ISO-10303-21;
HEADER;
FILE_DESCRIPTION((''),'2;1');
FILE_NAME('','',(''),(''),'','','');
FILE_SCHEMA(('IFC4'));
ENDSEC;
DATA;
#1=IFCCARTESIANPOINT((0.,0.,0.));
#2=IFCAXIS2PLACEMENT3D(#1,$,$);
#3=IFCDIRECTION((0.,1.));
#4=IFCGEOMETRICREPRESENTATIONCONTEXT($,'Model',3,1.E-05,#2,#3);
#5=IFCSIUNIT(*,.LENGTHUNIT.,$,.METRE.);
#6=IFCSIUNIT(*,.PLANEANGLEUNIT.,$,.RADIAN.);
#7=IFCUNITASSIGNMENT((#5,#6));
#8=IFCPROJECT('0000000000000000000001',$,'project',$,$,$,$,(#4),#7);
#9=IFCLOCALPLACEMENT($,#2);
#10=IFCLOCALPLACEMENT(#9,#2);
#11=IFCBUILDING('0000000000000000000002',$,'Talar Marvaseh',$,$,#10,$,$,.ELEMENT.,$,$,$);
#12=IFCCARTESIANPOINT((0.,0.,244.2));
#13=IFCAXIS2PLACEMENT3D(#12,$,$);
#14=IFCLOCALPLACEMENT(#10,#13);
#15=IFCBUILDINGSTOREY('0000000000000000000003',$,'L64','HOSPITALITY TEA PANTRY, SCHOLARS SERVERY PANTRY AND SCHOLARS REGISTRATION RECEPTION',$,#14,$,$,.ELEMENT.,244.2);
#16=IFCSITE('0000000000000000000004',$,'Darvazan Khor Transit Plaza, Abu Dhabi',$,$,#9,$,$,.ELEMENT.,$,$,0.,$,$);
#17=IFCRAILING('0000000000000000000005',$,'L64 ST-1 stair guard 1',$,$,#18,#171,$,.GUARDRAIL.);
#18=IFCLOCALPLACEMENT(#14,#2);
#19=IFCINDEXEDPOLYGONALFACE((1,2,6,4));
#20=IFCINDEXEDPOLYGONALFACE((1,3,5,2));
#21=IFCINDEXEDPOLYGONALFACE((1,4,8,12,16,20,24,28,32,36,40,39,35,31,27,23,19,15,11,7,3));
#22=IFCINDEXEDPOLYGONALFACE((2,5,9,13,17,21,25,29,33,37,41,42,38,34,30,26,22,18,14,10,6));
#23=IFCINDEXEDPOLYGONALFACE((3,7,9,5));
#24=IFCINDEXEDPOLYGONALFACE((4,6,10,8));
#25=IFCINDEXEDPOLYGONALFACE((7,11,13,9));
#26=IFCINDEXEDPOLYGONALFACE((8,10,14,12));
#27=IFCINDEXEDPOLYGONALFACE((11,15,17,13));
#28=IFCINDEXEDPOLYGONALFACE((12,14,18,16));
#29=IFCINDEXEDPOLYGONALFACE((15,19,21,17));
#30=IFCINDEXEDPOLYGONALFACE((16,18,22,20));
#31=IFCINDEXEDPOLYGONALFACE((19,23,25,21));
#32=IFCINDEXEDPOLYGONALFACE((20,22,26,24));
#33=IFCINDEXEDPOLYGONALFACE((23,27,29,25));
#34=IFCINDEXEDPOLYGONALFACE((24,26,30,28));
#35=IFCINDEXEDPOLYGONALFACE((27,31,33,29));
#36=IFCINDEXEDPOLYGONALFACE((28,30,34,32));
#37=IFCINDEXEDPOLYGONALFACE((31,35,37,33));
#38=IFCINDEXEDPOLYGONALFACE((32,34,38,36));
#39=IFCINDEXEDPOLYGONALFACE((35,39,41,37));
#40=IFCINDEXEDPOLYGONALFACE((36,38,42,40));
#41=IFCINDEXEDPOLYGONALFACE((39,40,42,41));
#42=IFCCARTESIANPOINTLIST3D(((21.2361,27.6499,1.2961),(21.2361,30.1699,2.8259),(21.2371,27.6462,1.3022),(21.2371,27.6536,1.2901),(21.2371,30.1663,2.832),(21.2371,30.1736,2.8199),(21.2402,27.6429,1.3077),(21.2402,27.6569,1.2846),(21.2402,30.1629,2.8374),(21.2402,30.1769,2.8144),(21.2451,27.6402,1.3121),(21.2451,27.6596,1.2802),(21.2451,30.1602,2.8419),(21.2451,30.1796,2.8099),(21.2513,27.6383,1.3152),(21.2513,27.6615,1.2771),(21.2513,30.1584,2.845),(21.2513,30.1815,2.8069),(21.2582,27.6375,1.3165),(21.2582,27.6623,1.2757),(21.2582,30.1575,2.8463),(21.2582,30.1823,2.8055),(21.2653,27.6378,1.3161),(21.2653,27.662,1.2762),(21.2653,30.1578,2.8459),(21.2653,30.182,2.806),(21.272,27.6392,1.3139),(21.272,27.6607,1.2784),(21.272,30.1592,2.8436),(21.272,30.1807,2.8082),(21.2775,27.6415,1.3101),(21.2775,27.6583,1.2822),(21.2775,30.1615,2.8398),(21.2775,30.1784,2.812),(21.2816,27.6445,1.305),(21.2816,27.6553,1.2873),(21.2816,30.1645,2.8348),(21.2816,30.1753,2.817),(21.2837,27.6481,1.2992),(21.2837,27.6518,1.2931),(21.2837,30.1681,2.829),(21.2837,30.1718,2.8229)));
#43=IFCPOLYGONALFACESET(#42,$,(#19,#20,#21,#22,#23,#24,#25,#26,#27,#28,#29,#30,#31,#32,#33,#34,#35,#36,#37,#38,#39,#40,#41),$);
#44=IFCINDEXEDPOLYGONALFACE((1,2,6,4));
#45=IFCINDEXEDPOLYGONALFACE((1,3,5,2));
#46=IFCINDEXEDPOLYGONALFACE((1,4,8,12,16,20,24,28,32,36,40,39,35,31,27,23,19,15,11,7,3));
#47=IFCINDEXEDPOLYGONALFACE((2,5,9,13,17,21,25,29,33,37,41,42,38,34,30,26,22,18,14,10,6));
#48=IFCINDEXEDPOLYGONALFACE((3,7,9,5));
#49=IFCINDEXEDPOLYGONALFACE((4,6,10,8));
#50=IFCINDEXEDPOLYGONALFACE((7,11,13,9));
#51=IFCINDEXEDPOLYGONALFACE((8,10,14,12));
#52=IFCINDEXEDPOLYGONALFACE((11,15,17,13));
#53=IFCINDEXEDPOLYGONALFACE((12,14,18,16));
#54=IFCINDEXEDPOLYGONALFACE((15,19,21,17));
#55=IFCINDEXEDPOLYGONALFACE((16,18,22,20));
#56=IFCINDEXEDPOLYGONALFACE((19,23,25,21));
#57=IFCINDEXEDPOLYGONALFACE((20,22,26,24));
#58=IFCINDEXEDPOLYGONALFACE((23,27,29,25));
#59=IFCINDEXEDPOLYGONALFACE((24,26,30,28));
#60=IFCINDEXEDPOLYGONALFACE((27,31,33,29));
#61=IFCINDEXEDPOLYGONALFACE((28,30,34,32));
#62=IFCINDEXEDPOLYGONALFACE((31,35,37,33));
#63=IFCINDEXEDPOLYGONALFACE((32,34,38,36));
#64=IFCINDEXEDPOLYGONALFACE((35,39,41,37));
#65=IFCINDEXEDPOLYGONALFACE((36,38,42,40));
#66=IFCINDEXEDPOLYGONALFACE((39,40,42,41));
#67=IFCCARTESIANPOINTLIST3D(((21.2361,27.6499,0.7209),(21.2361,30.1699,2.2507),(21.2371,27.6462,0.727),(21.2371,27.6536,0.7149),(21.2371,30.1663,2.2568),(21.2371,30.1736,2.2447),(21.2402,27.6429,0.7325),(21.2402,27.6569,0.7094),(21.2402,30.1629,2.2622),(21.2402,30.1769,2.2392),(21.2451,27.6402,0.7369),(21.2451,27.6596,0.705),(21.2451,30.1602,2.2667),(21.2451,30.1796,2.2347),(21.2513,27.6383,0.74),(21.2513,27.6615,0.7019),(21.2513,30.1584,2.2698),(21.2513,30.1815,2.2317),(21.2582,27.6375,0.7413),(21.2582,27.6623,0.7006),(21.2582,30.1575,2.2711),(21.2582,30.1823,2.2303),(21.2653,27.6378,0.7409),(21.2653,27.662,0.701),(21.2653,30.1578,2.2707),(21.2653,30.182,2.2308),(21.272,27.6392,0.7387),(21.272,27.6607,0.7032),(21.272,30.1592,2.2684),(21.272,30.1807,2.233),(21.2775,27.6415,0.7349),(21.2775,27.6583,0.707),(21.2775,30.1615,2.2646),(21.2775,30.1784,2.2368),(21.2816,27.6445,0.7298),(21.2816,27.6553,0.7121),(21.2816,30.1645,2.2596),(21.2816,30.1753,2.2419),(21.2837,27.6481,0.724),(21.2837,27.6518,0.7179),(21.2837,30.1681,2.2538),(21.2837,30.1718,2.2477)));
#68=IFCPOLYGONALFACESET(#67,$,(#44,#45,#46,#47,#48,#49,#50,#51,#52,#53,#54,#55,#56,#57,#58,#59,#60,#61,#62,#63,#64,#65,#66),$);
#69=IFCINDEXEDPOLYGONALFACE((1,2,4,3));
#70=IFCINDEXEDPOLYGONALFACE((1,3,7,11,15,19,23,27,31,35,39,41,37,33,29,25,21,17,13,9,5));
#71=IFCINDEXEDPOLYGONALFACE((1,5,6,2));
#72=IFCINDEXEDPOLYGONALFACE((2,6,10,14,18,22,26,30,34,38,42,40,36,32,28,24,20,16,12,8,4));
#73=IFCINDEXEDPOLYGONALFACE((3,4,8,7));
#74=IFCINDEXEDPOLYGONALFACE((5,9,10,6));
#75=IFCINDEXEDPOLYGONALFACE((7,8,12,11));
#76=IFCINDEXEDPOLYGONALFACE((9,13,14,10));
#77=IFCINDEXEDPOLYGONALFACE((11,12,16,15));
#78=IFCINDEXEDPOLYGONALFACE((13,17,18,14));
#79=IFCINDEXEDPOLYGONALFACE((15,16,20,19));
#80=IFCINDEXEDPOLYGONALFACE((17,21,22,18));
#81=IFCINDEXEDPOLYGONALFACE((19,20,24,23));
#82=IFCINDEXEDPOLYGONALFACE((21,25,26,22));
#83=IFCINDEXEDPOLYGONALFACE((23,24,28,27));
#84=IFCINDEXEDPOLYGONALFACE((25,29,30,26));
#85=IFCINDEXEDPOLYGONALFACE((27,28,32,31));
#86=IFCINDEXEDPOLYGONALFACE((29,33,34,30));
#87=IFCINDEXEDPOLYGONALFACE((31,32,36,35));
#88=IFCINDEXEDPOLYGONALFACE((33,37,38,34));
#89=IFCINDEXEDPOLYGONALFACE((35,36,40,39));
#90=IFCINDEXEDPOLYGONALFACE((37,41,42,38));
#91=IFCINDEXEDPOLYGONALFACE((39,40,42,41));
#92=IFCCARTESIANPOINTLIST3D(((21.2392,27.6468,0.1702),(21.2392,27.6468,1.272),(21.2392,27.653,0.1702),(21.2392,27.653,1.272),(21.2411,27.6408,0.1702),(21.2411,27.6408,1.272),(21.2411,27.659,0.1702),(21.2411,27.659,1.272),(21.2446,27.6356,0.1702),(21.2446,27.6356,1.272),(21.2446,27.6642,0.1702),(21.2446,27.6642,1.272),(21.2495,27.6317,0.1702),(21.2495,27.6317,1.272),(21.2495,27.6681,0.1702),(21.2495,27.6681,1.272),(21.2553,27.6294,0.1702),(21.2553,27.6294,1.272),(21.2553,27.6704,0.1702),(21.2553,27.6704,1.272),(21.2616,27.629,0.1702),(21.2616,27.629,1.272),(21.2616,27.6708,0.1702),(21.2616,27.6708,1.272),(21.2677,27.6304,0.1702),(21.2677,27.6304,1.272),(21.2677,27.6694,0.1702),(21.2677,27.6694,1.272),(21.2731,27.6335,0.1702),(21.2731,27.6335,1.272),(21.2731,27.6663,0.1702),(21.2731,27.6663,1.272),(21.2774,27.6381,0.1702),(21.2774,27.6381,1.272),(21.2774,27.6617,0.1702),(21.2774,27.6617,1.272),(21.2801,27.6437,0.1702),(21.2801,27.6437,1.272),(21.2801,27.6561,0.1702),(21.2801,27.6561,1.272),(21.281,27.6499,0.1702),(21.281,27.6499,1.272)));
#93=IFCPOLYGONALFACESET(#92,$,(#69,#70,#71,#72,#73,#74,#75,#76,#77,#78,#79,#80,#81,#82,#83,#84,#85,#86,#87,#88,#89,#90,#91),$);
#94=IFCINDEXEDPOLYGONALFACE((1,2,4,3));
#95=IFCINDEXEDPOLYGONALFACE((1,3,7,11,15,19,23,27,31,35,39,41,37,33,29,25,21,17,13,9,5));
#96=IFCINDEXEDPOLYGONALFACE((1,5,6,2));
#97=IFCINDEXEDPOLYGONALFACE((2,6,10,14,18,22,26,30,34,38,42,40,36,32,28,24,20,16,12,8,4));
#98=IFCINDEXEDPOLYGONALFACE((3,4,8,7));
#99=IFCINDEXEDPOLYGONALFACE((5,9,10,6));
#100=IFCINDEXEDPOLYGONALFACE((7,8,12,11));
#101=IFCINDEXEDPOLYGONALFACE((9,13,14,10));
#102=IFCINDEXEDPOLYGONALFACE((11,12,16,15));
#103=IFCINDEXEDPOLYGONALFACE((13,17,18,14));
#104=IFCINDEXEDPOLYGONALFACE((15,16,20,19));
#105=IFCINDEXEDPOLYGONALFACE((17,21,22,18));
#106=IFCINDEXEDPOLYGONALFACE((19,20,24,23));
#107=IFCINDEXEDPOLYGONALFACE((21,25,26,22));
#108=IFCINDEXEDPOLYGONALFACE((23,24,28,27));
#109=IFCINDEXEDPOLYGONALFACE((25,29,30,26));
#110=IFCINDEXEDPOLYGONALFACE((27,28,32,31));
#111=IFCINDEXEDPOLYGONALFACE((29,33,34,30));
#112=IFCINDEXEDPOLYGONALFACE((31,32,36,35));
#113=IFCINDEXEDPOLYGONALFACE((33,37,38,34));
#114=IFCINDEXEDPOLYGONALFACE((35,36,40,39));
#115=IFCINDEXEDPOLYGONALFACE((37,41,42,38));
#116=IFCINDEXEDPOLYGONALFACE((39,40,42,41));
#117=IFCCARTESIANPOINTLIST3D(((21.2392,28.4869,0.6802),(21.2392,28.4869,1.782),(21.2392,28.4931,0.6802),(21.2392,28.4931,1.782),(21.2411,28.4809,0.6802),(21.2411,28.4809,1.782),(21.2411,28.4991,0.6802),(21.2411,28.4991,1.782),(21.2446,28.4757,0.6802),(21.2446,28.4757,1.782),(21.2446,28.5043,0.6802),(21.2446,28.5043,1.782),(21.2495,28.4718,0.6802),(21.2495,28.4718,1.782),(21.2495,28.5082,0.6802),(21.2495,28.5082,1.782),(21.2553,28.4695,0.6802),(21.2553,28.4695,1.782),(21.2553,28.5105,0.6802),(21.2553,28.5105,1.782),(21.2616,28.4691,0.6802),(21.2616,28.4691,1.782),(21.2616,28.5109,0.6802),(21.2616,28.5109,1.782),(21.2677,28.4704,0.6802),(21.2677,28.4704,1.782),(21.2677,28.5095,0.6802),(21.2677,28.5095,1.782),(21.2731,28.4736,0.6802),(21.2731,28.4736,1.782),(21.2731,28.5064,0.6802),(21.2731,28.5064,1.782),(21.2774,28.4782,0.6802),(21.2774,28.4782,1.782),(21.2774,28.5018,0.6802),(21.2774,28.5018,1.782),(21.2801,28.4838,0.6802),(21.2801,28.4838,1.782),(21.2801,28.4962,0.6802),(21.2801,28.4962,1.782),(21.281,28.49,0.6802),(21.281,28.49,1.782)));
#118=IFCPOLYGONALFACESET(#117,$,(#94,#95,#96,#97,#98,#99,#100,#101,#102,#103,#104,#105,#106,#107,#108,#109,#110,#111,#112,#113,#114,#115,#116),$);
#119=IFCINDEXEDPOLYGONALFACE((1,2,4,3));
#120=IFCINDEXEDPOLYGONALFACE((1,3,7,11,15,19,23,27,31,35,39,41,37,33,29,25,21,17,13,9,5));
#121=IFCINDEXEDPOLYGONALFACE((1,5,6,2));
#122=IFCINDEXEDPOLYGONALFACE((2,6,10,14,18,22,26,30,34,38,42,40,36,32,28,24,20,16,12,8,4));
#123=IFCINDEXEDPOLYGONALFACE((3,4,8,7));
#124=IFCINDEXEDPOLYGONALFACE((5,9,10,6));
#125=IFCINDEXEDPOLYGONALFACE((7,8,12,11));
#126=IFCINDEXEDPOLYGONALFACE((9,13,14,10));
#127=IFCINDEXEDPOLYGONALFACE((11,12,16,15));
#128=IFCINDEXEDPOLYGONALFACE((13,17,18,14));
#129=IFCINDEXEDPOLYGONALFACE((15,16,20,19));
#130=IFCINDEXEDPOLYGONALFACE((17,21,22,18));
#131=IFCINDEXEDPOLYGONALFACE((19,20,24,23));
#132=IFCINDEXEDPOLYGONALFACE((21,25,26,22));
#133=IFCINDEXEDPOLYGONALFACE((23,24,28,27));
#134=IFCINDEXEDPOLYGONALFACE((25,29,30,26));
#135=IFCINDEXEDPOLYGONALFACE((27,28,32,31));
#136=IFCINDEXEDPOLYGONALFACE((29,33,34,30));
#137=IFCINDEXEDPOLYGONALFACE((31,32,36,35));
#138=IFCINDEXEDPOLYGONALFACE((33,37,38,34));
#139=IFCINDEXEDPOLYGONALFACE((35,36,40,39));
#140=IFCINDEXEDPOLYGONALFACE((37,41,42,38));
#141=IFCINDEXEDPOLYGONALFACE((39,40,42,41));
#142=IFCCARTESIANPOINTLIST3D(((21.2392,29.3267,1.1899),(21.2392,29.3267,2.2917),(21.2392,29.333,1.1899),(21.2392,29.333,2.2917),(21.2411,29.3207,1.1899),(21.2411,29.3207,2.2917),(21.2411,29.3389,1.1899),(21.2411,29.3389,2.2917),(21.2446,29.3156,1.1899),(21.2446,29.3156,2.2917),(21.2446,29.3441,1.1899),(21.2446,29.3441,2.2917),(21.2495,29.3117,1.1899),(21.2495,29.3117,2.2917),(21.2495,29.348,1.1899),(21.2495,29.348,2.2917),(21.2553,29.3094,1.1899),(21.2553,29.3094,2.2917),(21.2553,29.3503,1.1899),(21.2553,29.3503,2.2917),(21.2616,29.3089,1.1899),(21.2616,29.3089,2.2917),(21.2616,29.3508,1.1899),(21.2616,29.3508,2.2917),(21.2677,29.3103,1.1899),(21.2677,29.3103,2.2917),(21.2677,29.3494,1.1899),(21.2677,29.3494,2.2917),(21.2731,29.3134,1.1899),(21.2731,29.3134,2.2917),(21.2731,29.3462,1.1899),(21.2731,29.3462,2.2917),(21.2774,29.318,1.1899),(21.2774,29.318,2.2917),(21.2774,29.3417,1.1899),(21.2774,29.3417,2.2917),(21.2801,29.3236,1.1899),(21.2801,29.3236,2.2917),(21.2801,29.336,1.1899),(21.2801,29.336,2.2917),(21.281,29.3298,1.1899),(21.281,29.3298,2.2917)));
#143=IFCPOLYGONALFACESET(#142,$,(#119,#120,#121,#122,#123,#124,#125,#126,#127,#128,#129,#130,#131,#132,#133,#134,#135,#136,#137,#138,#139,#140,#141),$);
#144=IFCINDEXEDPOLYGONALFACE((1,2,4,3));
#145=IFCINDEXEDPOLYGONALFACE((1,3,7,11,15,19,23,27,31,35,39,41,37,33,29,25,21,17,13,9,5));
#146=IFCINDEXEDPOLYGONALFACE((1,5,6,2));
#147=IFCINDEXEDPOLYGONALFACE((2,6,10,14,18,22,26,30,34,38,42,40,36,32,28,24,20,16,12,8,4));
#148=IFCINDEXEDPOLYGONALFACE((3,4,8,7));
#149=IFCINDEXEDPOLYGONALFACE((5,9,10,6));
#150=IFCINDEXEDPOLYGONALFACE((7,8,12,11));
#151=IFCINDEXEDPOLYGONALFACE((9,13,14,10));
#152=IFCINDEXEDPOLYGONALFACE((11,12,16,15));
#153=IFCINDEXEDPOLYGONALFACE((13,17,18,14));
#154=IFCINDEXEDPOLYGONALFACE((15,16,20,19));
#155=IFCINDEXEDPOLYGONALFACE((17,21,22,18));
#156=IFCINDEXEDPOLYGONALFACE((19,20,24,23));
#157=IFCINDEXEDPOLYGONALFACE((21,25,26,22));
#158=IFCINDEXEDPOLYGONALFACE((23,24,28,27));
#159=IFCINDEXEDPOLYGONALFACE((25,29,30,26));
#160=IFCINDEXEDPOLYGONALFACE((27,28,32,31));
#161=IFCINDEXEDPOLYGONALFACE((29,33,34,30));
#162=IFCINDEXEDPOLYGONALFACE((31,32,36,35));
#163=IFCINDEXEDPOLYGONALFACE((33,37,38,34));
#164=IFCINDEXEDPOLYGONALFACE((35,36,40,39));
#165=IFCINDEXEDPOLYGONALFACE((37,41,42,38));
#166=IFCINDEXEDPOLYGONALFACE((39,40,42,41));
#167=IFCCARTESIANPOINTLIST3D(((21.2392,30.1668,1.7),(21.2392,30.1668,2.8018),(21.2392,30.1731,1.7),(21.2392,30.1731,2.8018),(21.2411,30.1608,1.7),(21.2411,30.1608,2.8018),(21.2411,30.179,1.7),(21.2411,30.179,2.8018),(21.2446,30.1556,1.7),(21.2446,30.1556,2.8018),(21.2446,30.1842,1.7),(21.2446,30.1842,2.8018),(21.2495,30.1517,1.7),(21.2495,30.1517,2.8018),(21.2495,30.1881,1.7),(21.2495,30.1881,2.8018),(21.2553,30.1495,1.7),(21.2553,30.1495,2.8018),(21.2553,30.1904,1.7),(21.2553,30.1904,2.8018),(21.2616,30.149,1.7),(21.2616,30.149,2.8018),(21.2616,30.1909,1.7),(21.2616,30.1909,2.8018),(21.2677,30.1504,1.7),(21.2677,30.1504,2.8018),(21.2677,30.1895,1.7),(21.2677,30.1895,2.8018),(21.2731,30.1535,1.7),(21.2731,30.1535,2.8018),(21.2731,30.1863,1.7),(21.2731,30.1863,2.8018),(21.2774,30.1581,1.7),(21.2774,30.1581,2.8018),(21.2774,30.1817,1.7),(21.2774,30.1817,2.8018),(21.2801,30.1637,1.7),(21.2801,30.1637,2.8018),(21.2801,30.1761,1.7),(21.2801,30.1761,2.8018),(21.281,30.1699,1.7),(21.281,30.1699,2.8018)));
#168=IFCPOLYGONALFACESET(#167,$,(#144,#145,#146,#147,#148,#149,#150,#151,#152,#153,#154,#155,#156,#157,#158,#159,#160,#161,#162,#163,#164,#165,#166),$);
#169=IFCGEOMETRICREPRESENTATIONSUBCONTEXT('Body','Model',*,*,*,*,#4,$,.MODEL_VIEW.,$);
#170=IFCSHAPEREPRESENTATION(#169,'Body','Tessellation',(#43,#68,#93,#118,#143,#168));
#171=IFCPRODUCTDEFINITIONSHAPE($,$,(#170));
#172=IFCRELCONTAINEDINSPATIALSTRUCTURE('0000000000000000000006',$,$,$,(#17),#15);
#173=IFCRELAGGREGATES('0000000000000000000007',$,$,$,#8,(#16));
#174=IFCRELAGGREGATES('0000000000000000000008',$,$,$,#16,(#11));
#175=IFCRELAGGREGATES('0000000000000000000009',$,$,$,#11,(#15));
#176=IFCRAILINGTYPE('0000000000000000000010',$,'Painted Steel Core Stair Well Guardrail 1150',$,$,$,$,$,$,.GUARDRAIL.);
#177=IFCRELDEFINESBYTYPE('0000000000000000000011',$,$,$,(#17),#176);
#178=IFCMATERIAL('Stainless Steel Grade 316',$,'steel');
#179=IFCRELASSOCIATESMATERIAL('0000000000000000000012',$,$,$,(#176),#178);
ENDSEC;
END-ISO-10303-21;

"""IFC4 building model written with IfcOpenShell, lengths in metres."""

from ifc_helpers import new_model, si_unit, direction, frame, origin, origin_2d, place, context, subcontext, project, spatial, circle, extrude, material, type_object, element, save


model = new_model("IFC4")

# Units and contexts
model_context = context("Model", 3, precision=1e-05, world=origin(), true_north=direction((0.0, 1.0)))
body_context = subcontext(model_context, "Body", "Model", "MODEL_VIEW")
ifc_project = project(units=[si_unit("LENGTHUNIT", "METRE"), si_unit("PLANEANGLEUNIT", "RADIAN")], contexts=[model_context])

# Site, building, storey
site_placement = place(None, origin())
site = spatial("IfcSite", under=ifc_project, at=site_placement, Name="Darvazan Khor Transit Plaza, Abu Dhabi", CompositionType="ELEMENT", RefElevation=0.0)
building_placement = place(site_placement, origin())
building = spatial("IfcBuilding", under=site, at=building_placement, Name="Talar Marvaseh", CompositionType="ELEMENT")
storey_placement = place(building_placement, frame((0.0, 0.0, 244.2)))
storey = spatial("IfcBuildingStorey", under=building, at=storey_placement, Name="L64", Description="HOSPITALITY TEA PANTRY, SCHOLARS SERVERY PANTRY AND SCHOLARS REGISTRATION RECEPTION", CompositionType="ELEMENT", Elevation=244.2)

# Railing
ifc_material_1 = material(Name="Stainless Steel Grade 316", Category="steel")
railing_type_1 = type_object("IfcRailingType", Name="Painted Steel Core Stair Well Guardrail 1150", PredefinedType="GUARDRAIL", material=ifc_material_1)
railing_1_placement = place(storey_placement, frame((21.26, 27.6499, 0.1702)))
element("IfcRailing", 1, at=railing_1_placement, inside=storey, type_object=railing_type_1, Name="L64 ST-1 stair guard 1", PredefinedType="GUARDRAIL", context=body_context, shape_type="SweptSolid", body=[
    extrude(circle(Radius=0.0239, at=origin_2d()), frame((0.0, 0.0, 1.126), z_axis=(0.0, 0.854822, 0.518922), x_axis=(-1.0, 0.0, 0.0)), (0.0, 0.0, 1.0), 2.948),
    extrude(circle(Radius=0.0239, at=origin_2d()), frame((0.0, 0.0, 0.5508), z_axis=(0.0, 0.854822, 0.518922), x_axis=(-1.0, 0.0, 0.0)), (0.0, 0.0, 1.0), 2.948),
    extrude(circle(Radius=0.021, at=origin_2d()), origin(), (0.0, 0.0, 1.0), 1.1018),
    extrude(circle(Radius=0.021, at=origin_2d()), frame((0.0, 0.8401, 0.51)), (0.0, 0.0, 1.0), 1.1018),
    extrude(circle(Radius=0.021, at=origin_2d()), frame((0.0, 1.6799, 1.0198)), (0.0, 0.0, 1.0), 1.1018),
    extrude(circle(Radius=0.021, at=origin_2d()), frame((0.0, 2.52, 1.5298)), (0.0, 0.0, 1.0), 1.1018),
])

save(model, "model.ifc")
